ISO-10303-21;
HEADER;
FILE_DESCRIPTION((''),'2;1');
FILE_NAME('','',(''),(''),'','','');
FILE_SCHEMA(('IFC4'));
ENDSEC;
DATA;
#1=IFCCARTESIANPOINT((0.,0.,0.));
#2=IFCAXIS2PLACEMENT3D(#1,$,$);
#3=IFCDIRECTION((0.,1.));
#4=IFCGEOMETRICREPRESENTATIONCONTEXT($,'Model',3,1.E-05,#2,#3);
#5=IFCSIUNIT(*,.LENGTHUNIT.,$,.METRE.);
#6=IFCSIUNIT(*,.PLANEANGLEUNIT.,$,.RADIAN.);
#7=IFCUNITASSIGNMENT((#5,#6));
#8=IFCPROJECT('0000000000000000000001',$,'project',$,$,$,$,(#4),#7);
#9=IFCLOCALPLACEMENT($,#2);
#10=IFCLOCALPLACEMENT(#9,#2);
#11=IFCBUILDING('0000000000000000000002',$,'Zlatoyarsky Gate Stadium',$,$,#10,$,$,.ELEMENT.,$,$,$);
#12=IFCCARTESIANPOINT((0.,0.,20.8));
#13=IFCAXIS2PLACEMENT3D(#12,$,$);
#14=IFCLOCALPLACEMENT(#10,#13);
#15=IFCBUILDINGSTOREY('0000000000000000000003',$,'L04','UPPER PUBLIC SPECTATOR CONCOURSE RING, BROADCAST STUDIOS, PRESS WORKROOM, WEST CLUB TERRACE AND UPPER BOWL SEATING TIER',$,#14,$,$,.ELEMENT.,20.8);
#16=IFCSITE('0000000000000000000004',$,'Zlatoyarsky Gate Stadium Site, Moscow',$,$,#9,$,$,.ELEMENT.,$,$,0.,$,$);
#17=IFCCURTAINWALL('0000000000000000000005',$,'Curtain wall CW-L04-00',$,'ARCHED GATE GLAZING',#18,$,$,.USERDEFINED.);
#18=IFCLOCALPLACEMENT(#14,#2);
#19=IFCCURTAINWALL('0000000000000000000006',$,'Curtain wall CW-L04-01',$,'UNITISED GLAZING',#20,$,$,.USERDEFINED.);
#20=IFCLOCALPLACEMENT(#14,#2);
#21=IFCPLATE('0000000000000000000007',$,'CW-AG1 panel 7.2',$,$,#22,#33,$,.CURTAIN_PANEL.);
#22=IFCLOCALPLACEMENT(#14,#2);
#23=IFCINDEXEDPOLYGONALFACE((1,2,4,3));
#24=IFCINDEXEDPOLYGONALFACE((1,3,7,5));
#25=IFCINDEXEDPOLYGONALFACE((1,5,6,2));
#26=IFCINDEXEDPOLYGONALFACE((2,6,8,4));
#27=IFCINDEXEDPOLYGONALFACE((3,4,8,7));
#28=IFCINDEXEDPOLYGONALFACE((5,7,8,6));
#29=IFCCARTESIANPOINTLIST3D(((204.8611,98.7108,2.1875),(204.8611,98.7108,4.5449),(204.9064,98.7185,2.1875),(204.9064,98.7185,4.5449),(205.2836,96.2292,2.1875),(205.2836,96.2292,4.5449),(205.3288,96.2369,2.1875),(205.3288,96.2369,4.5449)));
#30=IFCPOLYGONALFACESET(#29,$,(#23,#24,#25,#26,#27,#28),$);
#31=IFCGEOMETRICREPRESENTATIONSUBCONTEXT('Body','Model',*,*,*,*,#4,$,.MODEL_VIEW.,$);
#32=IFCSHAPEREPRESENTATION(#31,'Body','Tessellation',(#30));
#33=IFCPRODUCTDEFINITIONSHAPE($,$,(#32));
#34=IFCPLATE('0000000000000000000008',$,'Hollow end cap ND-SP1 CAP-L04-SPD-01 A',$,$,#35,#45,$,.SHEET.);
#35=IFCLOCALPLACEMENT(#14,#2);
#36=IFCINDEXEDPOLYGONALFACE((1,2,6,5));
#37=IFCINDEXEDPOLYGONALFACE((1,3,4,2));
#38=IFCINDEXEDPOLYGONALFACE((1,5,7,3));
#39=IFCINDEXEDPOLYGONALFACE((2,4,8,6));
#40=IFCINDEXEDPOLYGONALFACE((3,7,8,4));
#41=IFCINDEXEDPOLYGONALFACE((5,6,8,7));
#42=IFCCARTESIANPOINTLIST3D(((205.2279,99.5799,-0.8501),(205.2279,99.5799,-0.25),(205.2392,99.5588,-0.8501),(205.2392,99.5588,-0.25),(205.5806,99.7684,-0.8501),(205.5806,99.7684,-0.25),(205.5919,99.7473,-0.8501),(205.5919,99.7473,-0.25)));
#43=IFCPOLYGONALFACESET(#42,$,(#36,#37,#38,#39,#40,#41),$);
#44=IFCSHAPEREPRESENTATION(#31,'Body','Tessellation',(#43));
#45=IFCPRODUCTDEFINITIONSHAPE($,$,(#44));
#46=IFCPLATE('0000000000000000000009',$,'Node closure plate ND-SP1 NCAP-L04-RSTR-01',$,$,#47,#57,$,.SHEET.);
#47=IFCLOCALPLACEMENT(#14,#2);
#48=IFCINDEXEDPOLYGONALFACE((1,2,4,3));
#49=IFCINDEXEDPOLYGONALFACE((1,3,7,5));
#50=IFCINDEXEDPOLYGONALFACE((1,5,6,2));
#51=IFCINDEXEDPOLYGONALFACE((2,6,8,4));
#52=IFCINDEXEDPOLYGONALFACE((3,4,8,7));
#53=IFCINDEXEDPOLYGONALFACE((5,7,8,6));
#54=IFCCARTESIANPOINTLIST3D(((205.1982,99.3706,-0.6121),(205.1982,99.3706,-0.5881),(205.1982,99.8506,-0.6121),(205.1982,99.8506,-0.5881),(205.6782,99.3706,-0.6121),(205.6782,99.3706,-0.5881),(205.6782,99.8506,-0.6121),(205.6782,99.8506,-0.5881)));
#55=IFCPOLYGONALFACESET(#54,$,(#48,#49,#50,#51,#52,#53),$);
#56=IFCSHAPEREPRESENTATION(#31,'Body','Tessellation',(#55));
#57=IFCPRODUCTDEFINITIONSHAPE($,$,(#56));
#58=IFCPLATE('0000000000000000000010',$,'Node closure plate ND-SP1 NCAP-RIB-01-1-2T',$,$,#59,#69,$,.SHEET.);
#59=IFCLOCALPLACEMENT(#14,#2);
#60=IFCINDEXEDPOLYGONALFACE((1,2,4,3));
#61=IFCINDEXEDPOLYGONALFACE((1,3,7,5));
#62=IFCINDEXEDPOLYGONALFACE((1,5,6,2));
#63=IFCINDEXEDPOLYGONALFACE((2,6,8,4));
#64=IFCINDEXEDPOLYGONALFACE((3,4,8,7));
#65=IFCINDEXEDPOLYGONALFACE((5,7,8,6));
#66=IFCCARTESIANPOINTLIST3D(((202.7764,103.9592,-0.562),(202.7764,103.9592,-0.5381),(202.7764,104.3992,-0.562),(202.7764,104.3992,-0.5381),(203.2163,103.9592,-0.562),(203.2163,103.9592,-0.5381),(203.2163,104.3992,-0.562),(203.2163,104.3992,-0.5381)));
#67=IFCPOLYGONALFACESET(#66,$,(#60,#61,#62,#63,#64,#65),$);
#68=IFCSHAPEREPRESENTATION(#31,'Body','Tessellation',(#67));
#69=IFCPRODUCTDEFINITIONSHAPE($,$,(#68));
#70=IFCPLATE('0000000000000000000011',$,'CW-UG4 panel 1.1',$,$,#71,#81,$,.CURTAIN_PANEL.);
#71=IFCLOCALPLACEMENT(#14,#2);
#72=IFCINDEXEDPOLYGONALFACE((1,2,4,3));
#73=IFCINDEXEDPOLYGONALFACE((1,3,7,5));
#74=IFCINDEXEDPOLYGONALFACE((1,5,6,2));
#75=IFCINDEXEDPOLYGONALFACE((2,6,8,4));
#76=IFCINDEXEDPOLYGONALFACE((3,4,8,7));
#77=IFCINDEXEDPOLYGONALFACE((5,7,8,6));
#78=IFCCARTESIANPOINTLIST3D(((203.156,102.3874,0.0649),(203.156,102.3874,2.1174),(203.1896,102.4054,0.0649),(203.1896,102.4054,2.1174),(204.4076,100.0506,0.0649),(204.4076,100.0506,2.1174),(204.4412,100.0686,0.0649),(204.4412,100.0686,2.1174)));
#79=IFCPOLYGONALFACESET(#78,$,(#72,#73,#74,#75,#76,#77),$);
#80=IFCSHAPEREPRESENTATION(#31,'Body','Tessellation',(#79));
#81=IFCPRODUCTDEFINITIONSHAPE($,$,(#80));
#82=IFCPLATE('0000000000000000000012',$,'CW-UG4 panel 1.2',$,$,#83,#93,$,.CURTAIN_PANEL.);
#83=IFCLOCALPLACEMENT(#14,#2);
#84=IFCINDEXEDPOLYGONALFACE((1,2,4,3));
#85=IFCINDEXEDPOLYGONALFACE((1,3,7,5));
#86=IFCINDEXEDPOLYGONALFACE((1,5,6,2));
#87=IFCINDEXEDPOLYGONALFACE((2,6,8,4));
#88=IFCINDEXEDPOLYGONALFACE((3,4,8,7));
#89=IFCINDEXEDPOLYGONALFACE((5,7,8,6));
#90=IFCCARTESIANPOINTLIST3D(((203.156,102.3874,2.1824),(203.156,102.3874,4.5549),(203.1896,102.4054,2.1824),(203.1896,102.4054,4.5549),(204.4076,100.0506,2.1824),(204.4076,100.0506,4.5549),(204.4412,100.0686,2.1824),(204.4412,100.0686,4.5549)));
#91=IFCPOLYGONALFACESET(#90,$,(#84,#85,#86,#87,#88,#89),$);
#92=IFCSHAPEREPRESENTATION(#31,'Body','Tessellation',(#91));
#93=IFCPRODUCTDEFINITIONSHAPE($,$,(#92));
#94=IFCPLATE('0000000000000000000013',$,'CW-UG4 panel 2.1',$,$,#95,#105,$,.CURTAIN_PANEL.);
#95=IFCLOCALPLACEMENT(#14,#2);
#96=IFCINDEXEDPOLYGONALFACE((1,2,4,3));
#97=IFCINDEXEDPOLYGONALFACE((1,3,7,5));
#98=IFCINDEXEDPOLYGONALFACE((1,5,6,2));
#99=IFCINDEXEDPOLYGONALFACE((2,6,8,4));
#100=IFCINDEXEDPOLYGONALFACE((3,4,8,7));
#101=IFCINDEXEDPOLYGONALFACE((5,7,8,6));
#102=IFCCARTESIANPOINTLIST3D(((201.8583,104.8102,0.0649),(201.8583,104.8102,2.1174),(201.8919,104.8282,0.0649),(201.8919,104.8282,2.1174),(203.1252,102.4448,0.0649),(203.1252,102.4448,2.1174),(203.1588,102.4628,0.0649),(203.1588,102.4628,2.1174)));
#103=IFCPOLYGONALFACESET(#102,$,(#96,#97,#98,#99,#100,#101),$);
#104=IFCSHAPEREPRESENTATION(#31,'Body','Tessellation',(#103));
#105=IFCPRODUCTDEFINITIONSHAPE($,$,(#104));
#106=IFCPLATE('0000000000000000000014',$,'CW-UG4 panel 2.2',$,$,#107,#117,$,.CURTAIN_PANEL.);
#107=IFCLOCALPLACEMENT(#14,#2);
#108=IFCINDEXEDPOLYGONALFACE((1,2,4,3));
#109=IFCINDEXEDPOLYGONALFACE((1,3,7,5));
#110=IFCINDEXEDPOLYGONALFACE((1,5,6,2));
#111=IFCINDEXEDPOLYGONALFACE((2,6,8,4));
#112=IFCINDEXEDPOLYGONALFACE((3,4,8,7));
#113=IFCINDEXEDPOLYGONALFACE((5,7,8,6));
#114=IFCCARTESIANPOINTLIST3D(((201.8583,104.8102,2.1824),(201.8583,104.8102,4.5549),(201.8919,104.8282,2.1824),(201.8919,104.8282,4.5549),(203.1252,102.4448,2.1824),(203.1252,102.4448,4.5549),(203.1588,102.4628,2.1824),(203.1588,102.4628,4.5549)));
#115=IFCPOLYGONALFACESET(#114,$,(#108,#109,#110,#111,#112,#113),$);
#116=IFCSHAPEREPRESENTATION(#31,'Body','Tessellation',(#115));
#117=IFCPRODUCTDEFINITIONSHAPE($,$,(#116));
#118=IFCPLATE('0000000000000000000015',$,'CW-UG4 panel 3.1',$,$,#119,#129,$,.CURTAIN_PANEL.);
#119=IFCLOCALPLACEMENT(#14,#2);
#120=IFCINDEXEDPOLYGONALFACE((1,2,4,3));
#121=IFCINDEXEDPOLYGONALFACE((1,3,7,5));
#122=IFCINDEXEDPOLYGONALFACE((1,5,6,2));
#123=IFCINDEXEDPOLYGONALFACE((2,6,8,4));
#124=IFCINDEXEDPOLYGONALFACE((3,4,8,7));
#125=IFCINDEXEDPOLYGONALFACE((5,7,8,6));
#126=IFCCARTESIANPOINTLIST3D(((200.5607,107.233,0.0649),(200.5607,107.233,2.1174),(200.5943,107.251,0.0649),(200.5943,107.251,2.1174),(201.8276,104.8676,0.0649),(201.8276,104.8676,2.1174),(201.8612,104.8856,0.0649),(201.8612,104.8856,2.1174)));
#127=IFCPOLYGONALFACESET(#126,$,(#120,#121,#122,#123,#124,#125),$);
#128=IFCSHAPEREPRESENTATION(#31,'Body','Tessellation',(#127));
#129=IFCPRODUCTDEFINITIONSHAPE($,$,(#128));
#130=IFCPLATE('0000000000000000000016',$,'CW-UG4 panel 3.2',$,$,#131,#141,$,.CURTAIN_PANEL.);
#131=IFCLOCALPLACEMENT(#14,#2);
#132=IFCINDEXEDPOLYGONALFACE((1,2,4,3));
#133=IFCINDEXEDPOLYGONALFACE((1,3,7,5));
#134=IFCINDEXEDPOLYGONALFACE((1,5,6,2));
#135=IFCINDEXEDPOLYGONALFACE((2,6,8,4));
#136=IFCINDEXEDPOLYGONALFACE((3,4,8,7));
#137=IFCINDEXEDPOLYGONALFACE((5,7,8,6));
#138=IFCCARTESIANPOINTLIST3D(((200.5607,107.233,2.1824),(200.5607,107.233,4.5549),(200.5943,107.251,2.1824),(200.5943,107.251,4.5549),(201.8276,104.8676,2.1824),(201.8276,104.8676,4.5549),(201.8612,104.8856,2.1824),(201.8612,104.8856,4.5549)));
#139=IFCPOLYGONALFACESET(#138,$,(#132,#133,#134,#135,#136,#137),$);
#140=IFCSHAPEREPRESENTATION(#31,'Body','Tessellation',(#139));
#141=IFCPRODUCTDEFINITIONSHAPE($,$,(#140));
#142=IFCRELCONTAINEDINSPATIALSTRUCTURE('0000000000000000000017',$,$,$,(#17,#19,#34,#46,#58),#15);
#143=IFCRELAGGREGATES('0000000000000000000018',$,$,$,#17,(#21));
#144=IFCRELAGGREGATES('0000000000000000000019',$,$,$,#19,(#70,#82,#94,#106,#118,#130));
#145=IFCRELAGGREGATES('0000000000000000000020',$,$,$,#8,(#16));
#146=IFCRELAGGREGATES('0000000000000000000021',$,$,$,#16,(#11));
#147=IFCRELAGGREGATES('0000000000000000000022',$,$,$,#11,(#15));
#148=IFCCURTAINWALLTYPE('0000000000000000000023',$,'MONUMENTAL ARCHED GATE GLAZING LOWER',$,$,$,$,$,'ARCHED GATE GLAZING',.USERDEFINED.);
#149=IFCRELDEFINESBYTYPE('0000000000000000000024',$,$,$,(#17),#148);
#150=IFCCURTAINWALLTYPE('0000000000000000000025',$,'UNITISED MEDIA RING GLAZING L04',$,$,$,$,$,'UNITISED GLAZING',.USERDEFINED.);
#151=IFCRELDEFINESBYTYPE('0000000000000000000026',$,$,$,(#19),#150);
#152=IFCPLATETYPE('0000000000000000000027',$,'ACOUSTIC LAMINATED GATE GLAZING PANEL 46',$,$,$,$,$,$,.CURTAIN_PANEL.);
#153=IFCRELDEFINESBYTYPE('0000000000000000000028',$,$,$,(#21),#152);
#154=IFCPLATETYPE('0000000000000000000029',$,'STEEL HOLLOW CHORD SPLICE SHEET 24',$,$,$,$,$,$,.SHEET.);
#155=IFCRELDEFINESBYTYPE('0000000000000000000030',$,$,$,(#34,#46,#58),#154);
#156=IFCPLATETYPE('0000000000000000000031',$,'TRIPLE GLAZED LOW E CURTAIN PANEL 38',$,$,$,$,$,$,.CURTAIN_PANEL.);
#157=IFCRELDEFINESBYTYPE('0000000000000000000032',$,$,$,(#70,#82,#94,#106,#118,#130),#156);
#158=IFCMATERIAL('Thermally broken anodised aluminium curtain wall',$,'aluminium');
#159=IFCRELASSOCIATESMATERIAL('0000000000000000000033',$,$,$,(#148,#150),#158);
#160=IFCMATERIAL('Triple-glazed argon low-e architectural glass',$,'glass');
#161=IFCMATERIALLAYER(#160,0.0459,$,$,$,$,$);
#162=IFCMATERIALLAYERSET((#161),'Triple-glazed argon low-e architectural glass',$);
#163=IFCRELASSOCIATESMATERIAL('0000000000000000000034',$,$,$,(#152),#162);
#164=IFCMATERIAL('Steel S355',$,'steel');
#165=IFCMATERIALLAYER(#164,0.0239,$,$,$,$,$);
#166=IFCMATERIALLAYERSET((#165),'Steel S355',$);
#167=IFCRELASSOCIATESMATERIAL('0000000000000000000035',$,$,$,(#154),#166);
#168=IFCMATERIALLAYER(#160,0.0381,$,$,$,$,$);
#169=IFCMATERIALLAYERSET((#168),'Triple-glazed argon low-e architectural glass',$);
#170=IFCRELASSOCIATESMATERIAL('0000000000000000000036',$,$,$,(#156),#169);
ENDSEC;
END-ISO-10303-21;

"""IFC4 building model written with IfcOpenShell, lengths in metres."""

from ifc_helpers import new_model, si_unit, direction, frame, origin, origin_2d, place, context, subcontext, project, spatial, rectangle, extrude, material, layer, layer_set, type_object, element, aggregate, save


model = new_model("IFC4")

# Units and contexts
model_context = context("Model", 3, precision=1e-05, world=origin(), true_north=direction((0.0, 1.0)))
body_context = subcontext(model_context, "Body", "Model", "MODEL_VIEW")
ifc_project = project(units=[si_unit("LENGTHUNIT", "METRE"), si_unit("PLANEANGLEUNIT", "RADIAN")], contexts=[model_context])

# Site, building, storey
site_placement = place(None, origin())
site = spatial("IfcSite", under=ifc_project, at=site_placement, Name="Zlatoyarsky Gate Stadium Site, Moscow", CompositionType="ELEMENT", RefElevation=0.0)
building_placement = place(site_placement, origin())
building = spatial("IfcBuilding", under=site, at=building_placement, Name="Zlatoyarsky Gate Stadium", CompositionType="ELEMENT")
storey_placement = place(building_placement, frame((0.0, 0.0, 20.8)))
storey = spatial("IfcBuildingStorey", under=building, at=storey_placement, Name="L04", Description="UPPER PUBLIC SPECTATOR CONCOURSE RING, BROADCAST STUDIOS, PRESS WORKROOM, WEST CLUB TERRACE AND UPPER BOWL SEATING TIER", CompositionType="ELEMENT", Elevation=20.8)

# Shared definitions
ifc_material_1 = material(Name="Steel S355", Category="steel")

# Curtain walls
ifc_material_2 = material(Name="Thermally broken anodised aluminium curtain wall", Category="aluminium")
curtain_wall_type_1 = type_object("IfcCurtainWallType", Name="MONUMENTAL ARCHED GATE GLAZING LOWER", ElementType="ARCHED GATE GLAZING", PredefinedType="USERDEFINED", material=ifc_material_2)
curtain_wall_1_placement = place(storey_placement, origin())
curtain_wall_1 = element("IfcCurtainWall", 1, at=curtain_wall_1_placement, inside=storey, type_object=curtain_wall_type_1, Name="Curtain wall CW-L04-00", ObjectType="ARCHED GATE GLAZING", PredefinedType="USERDEFINED")
curtain_wall_type_2 = type_object("IfcCurtainWallType", Name="UNITISED MEDIA RING GLAZING L04", ElementType="UNITISED GLAZING", PredefinedType="USERDEFINED", material=ifc_material_2)
curtain_wall_2_placement = place(storey_placement, origin())
curtain_wall_2 = element("IfcCurtainWall", 2, at=curtain_wall_2_placement, inside=storey, type_object=curtain_wall_type_2, Name="Curtain wall CW-L04-01", ObjectType="UNITISED GLAZING", PredefinedType="USERDEFINED")

# Plate
ifc_material_3 = material(Name="Triple-glazed argon low-e architectural glass", Category="glass")
ifc_layer_1 = layer(ifc_material_3, 0.0459)
ifc_layer_set_1 = layer_set([ifc_layer_1], Name="Triple-glazed argon low-e architectural glass")
plate_type_1 = type_object("IfcPlateType", Name="ACOUSTIC LAMINATED GATE GLAZING PANEL 46", PredefinedType="CURTAIN_PANEL", material=ifc_layer_set_1)
plate_1_placement = place(storey_placement, frame((205.095, 97.4739, 2.1875), z_axis=(0.0, 0.0, 1.0), x_axis=(-0.167821, 0.985817, 0.0)))
plate_1 = element("IfcPlate", 3, at=plate_1_placement, type_object=plate_type_1, Name="CW-AG1 panel 7.2", PredefinedType="CURTAIN_PANEL", context=body_context, shape_type="SweptSolid", body=[
    extrude(rectangle(XDim=2.5173, YDim=0.0459, at=origin_2d()), origin(), (0.0, 0.0, 1.0), 2.3574),
])
aggregate(curtain_wall_1, [plate_1])

# Plates
ifc_layer_2 = layer(ifc_material_1, 0.0239)
ifc_layer_set_2 = layer_set([ifc_layer_2], Name="Steel S355")
plate_type_2 = type_object("IfcPlateType", Name="STEEL HOLLOW CHORD SPLICE SHEET 24", PredefinedType="SHEET", material=ifc_layer_set_2)
plate_2_placement = place(storey_placement, frame((205.4099, 99.6636, -0.8501), z_axis=(0.0, 0.0, 1.0), x_axis=(-0.471376, 0.881933, 0.0)))
element("IfcPlate", 4, at=plate_2_placement, inside=storey, type_object=plate_type_2, Name="Hollow end cap ND-SP1 CAP-L04-SPD-01 A", PredefinedType="SHEET", context=body_context, shape_type="SweptSolid", body=[
    extrude(rectangle(XDim=0.0239, YDim=0.3999, at=origin_2d()), origin(), (0.0, 0.0, 1.0), 0.6001),
])
plate_3_placement = place(storey_placement, frame((205.4382, 99.6106, -0.6121), z_axis=(0.0, 0.0, 1.0), x_axis=(1.0, 0.0, 0.0)))
element("IfcPlate", 5, at=plate_3_placement, inside=storey, type_object=plate_type_2, Name="Node closure plate ND-SP1 NCAP-L04-RSTR-01", PredefinedType="SHEET", context=body_context, shape_type="SweptSolid", body=[
    extrude(rectangle(XDim=0.48, YDim=0.48, at=origin_2d()), origin(), (0.0, 0.0, 1.0), 0.0239),
])
plate_4_placement = place(storey_placement, frame((202.9963, 104.1792, -0.562), z_axis=(0.0, 0.0, 1.0), x_axis=(1.0, 0.0, 0.0)))
element("IfcPlate", 6, at=plate_4_placement, inside=storey, type_object=plate_type_2, Name="Node closure plate ND-SP1 NCAP-RIB-01-1-2T", PredefinedType="SHEET", context=body_context, shape_type="SweptSolid", body=[
    extrude(rectangle(XDim=0.4399, YDim=0.4399, at=origin_2d()), origin(), (0.0, 0.0, 1.0), 0.0239),
])

# Plates
ifc_layer_3 = layer(ifc_material_3, 0.0381)
ifc_layer_set_3 = layer_set([ifc_layer_3], Name="Triple-glazed argon low-e architectural glass")
plate_type_3 = type_object("IfcPlateType", Name="TRIPLE GLAZED LOW E CURTAIN PANEL 38", PredefinedType="CURTAIN_PANEL", material=ifc_layer_set_3)
plate_5_placement = place(storey_placement, frame((203.7986, 101.228, 0.0649), z_axis=(0.0, 0.0, 1.0), x_axis=(-0.472145, 0.881521, 0.0)))
plate_5 = element("IfcPlate", 7, at=plate_5_placement, type_object=plate_type_3, Name="CW-UG4 panel 1.1", PredefinedType="CURTAIN_PANEL", context=body_context, shape_type="SweptSolid", body=[
    extrude(rectangle(XDim=2.6509, YDim=0.0381, at=origin_2d()), origin(), (0.0, 0.0, 1.0), 2.0525),
])
plate_6_placement = place(storey_placement, frame((203.7986, 101.228, 2.1824), z_axis=(0.0, 0.0, 1.0), x_axis=(-0.472145, 0.881521, 0.0)))
plate_6 = element("IfcPlate", 8, at=plate_6_placement, type_object=plate_type_3, Name="CW-UG4 panel 1.2", PredefinedType="CURTAIN_PANEL", context=body_context, shape_type="SweptSolid", body=[
    extrude(rectangle(XDim=2.6509, YDim=0.0381, at=origin_2d()), origin(), (0.0, 0.0, 1.0), 2.3726),
])
plate_7_placement = place(storey_placement, frame((202.5085, 103.6365, 0.0649), z_axis=(0.0, 0.0, 1.0), x_axis=(-0.472145, 0.881521, 0.0)))
plate_7 = element("IfcPlate", 9, at=plate_7_placement, type_object=plate_type_3, Name="CW-UG4 panel 2.1", PredefinedType="CURTAIN_PANEL", context=body_context, shape_type="SweptSolid", body=[
    extrude(rectangle(XDim=2.6833, YDim=0.0381, at=origin_2d()), origin(), (0.0, 0.0, 1.0), 2.0525),
])
plate_8_placement = place(storey_placement, frame((202.5085, 103.6365, 2.1824), z_axis=(0.0, 0.0, 1.0), x_axis=(-0.472145, 0.881521, 0.0)))
plate_8 = element("IfcPlate", 10, at=plate_8_placement, type_object=plate_type_3, Name="CW-UG4 panel 2.2", PredefinedType="CURTAIN_PANEL", context=body_context, shape_type="SweptSolid", body=[
    extrude(rectangle(XDim=2.6833, YDim=0.0381, at=origin_2d()), origin(), (0.0, 0.0, 1.0), 2.3726),
])
plate_9_placement = place(storey_placement, frame((201.2109, 106.0593, 0.0649), z_axis=(0.0, 0.0, 1.0), x_axis=(-0.472145, 0.881521, 0.0)))
plate_9 = element("IfcPlate", 11, at=plate_9_placement, type_object=plate_type_3, Name="CW-UG4 panel 3.1", PredefinedType="CURTAIN_PANEL", context=body_context, shape_type="SweptSolid", body=[
    extrude(rectangle(XDim=2.6833, YDim=0.0381, at=origin_2d()), origin(), (0.0, 0.0, 1.0), 2.0525),
])
plate_10_placement = place(storey_placement, frame((201.2109, 106.0593, 2.1824), z_axis=(0.0, 0.0, 1.0), x_axis=(-0.472145, 0.881521, 0.0)))
plate_10 = element("IfcPlate", 12, at=plate_10_placement, type_object=plate_type_3, Name="CW-UG4 panel 3.2", PredefinedType="CURTAIN_PANEL", context=body_context, shape_type="SweptSolid", body=[
    extrude(rectangle(XDim=2.6833, YDim=0.0381, at=origin_2d()), origin(), (0.0, 0.0, 1.0), 2.3726),
])
aggregate(curtain_wall_2, [plate_5, plate_6, plate_7, plate_8, plate_9, plate_10])

save(model, "model.ifc")
